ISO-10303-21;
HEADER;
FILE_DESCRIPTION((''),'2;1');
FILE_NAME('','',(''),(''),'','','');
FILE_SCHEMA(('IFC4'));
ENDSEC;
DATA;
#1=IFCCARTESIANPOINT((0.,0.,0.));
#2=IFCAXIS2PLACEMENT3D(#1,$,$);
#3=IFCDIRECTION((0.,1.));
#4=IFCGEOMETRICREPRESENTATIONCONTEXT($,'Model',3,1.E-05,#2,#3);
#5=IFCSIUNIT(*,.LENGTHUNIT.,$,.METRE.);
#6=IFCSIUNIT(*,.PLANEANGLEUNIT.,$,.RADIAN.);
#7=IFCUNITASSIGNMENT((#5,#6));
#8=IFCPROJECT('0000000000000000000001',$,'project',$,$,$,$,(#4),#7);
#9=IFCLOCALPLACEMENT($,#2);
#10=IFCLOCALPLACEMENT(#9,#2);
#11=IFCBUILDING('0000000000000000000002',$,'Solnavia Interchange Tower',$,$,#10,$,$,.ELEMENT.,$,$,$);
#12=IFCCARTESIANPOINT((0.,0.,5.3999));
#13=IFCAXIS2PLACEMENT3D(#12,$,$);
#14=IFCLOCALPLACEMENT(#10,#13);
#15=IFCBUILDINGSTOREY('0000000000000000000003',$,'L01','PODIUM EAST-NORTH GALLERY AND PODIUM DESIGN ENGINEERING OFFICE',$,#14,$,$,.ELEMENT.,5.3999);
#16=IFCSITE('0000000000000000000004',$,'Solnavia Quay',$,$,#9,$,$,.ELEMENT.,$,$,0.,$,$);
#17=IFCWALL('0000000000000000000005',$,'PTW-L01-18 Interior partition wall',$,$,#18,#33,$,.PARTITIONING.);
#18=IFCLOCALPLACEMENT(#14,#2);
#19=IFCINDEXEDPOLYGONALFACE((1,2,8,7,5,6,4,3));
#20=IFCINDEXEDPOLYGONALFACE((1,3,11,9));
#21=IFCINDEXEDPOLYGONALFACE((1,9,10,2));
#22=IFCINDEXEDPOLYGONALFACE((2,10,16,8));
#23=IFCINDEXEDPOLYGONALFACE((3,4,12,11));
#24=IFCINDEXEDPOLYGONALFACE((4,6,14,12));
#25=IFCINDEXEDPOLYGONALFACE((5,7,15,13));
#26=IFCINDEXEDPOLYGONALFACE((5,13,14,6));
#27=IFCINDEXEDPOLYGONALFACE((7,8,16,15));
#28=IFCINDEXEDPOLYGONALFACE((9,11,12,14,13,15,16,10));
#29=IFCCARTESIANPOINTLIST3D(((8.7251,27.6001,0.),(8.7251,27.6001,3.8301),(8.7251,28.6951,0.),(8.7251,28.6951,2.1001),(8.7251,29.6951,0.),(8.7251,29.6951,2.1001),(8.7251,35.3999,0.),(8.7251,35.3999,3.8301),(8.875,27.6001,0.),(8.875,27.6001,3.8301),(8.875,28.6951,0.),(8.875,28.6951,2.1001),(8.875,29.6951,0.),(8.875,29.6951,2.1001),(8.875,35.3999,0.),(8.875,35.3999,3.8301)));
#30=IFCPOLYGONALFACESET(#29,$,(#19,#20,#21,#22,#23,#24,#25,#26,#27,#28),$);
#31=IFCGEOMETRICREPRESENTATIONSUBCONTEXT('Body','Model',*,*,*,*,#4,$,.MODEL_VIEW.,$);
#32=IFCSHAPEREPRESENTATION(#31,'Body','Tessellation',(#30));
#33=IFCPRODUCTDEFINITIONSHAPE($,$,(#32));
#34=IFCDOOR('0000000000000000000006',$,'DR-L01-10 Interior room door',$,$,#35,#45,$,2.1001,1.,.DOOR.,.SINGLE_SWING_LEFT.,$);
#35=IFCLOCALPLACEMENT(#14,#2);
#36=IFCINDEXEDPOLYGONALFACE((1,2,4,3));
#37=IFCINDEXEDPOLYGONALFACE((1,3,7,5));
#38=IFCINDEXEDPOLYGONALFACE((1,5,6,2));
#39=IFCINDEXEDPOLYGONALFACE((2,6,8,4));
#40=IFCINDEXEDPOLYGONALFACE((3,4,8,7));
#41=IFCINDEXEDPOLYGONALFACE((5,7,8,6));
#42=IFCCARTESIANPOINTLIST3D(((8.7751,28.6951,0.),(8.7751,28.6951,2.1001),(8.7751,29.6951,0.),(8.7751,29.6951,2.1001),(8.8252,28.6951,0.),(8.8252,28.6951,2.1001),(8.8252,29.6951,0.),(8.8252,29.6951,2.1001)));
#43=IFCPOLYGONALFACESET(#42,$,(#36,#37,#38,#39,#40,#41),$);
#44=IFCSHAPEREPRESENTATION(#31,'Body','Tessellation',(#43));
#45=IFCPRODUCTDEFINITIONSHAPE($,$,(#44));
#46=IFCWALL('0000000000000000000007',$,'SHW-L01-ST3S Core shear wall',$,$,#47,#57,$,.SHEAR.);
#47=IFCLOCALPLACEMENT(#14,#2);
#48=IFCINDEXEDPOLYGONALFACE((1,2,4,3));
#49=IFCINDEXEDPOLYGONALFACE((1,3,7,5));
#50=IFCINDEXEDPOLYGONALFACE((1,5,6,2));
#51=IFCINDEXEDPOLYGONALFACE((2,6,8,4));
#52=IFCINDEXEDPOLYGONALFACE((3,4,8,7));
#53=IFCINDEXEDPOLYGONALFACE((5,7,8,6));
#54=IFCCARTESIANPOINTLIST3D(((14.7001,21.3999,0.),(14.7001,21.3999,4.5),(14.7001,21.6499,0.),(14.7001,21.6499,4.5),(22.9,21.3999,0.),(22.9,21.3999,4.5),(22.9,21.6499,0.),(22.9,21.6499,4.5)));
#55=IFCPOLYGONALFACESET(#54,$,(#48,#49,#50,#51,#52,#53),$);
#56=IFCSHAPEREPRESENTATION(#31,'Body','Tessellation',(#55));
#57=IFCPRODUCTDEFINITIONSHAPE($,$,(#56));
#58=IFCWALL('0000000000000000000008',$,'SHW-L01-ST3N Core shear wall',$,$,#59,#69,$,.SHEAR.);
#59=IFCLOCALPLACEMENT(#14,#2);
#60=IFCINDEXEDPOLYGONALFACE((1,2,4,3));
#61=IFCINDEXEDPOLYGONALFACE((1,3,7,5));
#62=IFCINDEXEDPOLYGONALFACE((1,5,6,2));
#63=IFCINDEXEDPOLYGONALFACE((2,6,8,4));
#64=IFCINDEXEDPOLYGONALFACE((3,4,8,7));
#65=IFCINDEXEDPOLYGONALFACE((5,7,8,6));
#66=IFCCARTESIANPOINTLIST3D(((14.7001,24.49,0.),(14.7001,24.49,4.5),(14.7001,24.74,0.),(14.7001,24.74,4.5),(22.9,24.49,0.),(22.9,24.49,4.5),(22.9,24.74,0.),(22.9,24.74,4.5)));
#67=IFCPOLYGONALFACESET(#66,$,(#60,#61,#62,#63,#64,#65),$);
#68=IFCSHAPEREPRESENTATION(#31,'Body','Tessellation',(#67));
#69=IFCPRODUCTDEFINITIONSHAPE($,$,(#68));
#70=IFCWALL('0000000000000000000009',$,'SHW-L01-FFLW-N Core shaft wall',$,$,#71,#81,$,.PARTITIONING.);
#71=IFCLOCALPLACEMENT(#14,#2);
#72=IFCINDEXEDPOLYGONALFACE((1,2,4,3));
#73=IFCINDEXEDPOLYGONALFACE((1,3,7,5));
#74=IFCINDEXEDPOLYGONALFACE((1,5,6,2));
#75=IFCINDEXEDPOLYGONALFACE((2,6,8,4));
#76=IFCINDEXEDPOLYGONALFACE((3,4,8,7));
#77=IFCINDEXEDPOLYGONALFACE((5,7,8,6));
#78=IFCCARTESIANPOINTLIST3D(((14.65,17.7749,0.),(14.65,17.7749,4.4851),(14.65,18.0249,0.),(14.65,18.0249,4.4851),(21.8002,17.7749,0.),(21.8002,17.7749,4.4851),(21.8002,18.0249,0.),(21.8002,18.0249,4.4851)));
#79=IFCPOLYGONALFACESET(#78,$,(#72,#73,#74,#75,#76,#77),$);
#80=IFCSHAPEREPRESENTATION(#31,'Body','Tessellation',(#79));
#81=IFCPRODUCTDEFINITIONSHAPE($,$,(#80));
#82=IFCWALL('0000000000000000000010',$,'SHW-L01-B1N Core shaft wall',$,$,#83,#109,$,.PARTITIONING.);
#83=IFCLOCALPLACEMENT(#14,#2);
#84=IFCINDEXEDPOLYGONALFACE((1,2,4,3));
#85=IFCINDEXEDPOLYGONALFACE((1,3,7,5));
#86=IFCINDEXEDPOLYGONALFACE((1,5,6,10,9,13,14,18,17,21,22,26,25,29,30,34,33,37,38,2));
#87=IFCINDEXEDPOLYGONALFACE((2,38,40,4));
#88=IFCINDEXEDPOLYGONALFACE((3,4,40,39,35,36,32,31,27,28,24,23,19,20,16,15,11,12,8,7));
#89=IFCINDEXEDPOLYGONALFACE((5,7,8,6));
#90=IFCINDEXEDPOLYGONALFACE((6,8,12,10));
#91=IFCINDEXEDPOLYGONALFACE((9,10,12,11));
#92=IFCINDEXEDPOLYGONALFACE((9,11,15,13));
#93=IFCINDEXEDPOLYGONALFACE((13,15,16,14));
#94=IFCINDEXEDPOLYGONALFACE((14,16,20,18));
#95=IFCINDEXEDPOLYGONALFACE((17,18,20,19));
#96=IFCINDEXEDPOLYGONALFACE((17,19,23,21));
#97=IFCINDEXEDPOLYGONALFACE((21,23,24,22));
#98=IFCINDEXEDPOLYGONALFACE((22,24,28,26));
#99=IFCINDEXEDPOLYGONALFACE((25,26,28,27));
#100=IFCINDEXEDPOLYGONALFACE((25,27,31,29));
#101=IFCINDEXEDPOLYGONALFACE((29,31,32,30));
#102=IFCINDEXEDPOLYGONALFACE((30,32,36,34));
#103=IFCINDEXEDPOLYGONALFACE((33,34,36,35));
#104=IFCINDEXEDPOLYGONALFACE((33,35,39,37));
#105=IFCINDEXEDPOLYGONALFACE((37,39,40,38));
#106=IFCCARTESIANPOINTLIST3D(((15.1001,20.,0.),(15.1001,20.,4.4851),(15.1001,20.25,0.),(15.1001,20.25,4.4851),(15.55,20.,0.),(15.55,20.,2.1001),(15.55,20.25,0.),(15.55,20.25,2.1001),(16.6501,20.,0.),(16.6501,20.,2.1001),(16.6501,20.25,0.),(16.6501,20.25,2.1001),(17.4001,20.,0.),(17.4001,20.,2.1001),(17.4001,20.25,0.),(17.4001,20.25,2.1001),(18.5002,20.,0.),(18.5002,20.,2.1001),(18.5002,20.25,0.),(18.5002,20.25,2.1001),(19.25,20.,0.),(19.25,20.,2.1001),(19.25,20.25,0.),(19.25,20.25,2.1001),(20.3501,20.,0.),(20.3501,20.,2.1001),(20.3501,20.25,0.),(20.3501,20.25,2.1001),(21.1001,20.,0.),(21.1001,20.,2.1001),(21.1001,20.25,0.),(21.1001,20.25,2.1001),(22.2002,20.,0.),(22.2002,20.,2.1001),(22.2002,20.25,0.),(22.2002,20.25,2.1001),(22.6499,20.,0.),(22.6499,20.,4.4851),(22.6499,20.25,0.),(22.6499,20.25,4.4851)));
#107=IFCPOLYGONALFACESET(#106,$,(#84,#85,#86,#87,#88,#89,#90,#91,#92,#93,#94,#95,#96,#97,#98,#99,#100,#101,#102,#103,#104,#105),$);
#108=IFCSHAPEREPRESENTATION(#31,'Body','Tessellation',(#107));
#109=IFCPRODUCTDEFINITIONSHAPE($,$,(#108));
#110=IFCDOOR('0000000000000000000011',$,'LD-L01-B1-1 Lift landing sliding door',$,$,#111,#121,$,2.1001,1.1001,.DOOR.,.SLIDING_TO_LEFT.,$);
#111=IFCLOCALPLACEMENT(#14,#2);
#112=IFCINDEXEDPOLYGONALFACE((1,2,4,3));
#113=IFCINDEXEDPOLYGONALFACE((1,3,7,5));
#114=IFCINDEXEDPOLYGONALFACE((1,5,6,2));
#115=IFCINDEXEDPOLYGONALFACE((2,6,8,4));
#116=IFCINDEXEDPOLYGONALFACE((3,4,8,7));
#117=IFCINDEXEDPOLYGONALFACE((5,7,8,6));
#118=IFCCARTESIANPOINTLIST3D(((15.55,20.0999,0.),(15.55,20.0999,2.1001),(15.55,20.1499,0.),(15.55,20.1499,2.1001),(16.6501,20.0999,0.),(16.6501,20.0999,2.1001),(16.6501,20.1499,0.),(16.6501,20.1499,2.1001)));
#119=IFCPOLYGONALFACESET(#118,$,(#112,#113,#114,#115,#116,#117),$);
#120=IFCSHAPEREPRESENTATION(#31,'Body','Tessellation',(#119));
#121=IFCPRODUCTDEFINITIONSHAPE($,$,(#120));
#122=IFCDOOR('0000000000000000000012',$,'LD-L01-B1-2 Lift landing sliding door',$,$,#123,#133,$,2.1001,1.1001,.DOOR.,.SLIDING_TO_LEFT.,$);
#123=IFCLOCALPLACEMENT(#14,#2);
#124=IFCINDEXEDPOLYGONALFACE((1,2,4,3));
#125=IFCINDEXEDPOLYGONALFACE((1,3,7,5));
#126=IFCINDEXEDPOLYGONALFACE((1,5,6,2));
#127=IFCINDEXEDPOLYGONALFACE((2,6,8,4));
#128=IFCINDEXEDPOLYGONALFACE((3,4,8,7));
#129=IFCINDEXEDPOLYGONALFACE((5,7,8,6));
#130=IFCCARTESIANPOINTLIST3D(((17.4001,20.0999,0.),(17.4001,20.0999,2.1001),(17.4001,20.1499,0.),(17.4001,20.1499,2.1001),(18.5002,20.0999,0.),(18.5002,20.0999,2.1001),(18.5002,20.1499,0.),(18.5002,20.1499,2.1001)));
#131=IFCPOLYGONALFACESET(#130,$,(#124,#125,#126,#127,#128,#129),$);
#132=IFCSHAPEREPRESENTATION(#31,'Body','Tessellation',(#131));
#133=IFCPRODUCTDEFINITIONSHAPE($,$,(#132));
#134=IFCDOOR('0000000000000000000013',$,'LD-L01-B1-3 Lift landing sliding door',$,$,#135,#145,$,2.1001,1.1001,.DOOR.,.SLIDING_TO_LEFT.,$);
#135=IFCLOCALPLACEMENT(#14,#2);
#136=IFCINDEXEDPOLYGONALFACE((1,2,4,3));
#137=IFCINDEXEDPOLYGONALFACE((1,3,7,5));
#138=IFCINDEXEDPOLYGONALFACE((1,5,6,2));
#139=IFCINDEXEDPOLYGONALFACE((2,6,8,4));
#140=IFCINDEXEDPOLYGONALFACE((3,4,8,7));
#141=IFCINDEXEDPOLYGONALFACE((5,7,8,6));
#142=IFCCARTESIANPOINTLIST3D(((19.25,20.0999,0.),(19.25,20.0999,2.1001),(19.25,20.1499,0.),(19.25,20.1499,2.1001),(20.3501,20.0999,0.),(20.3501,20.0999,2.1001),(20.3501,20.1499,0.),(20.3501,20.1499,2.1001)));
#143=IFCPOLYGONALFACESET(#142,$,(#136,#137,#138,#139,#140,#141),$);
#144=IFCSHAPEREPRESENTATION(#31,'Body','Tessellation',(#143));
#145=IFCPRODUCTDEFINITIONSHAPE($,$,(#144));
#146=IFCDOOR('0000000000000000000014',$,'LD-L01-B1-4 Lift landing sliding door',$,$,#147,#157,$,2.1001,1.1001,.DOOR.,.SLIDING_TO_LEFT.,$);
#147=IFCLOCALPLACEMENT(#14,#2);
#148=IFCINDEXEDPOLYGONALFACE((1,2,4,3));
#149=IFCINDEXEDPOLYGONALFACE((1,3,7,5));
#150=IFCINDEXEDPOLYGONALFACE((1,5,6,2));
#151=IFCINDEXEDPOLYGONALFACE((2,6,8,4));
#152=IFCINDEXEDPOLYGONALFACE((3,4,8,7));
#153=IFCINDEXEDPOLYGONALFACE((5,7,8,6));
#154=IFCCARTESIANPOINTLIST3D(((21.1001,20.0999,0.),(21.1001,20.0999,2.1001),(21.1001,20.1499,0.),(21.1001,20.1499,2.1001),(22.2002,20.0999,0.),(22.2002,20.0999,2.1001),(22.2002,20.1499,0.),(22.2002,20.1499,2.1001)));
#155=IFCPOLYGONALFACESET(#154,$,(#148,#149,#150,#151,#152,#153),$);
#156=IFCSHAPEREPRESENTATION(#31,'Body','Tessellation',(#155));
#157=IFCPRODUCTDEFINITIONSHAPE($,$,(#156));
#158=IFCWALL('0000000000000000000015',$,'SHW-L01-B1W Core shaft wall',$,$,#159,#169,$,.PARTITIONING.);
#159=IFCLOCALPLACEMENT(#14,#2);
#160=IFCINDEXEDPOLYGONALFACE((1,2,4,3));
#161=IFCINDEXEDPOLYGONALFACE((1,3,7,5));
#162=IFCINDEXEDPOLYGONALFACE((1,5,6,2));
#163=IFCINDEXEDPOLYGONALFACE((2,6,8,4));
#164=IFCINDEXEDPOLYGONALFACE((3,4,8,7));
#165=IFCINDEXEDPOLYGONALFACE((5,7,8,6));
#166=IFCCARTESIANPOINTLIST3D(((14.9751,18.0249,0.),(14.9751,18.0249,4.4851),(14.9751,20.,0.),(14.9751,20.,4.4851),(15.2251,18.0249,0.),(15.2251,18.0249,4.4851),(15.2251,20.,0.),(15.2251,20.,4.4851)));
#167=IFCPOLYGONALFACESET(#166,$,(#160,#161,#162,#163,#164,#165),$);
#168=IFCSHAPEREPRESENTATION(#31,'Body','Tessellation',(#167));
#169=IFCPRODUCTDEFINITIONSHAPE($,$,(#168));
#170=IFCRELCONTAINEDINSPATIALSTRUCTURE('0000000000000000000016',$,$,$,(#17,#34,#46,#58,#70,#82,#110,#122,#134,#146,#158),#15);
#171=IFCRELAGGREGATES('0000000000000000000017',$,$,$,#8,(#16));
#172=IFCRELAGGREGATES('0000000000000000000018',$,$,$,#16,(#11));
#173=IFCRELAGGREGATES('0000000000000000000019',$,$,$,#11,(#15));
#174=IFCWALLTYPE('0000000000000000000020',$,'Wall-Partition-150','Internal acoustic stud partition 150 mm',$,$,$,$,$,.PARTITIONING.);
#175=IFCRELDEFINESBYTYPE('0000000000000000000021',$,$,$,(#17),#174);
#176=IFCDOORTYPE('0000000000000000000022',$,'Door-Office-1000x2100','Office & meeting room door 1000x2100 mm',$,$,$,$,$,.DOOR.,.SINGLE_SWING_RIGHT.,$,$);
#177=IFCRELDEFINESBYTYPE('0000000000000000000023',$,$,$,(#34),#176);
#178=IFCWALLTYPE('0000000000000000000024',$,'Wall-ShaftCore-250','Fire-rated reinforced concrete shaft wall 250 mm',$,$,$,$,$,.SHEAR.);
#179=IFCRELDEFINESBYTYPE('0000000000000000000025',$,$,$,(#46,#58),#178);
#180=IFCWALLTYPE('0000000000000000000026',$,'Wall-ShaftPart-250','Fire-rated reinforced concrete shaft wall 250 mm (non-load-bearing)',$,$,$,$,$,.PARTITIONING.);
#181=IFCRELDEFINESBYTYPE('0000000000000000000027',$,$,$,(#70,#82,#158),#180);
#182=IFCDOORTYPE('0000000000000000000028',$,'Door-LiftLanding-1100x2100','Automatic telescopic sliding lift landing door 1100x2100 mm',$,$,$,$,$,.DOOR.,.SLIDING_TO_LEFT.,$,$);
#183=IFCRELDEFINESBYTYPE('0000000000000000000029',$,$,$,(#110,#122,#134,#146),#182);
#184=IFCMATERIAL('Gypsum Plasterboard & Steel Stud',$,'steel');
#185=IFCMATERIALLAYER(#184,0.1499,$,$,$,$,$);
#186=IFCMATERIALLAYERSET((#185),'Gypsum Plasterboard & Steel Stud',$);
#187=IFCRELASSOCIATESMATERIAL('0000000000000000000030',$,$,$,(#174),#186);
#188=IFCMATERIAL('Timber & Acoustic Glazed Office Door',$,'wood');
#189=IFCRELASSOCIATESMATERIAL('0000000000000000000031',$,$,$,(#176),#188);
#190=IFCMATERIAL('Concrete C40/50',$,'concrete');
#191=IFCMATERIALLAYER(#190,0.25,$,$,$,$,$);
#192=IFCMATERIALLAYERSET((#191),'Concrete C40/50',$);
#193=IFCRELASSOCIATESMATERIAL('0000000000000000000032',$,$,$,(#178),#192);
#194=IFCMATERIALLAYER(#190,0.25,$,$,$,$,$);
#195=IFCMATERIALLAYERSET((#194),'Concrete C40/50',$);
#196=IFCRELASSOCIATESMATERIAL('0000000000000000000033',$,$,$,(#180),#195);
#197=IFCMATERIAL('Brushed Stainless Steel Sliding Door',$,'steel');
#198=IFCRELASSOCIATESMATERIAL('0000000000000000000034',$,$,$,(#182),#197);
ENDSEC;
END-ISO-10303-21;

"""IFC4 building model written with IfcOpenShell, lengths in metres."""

from ifc_helpers import new_model, si_unit, direction, frame, frame_2d, origin, place, context, subcontext, project, spatial, rectangle, extrude, material, layer, layer_set, type_object, element, fill, save


model = new_model("IFC4")

# Units and contexts
model_context = context("Model", 3, precision=1e-05, world=origin(), true_north=direction((0.0, 1.0)))
body_context = subcontext(model_context, "Body", "Model", "MODEL_VIEW")
ifc_project = project(units=[si_unit("LENGTHUNIT", "METRE"), si_unit("PLANEANGLEUNIT", "RADIAN")], contexts=[model_context])

# Site, building, storey
site_placement = place(None, origin())
site = spatial("IfcSite", under=ifc_project, at=site_placement, Name="Solnavia Quay", CompositionType="ELEMENT", RefElevation=0.0)
building_placement = place(site_placement, origin())
building = spatial("IfcBuilding", under=site, at=building_placement, Name="Solnavia Interchange Tower", CompositionType="ELEMENT")
storey_placement = place(building_placement, frame((0.0, 0.0, 5.3999)))
storey = spatial("IfcBuildingStorey", under=building, at=storey_placement, Name="L01", Description="PODIUM EAST-NORTH GALLERY AND PODIUM DESIGN ENGINEERING OFFICE", CompositionType="ELEMENT", Elevation=5.3999)

# Shared definitions
ifc_material_1 = material(Name="Concrete C40/50", Category="concrete")

# Shared definitions
ifc_material_2 = material(Name="Gypsum Plasterboard & Steel Stud", Category="steel")
ifc_layer_1 = layer(ifc_material_2, 0.1499)
ifc_layer_set_1 = layer_set([ifc_layer_1], Name="Gypsum Plasterboard & Steel Stud")
wall_type_1 = type_object("IfcWallType", Name="Wall-Partition-150", Description="Internal acoustic stud partition 150 mm", PredefinedType="PARTITIONING", material=ifc_layer_set_1)

# Shared definitions
ifc_material_3 = material(Name="Timber & Acoustic Glazed Office Door", Category="wood")
door_type_1 = type_object("IfcDoorType", Name="Door-Office-1000x2100", Description="Office & meeting room door 1000x2100 mm", OperationType="SINGLE_SWING_RIGHT", PredefinedType="DOOR", material=ifc_material_3)

# Wall, opening, door
wall_1_placement = place(storey_placement, frame((8.8, 27.6001, 0.0), z_axis=(0.0, 0.0, 1.0), x_axis=(0.0, 1.0, 0.0)))
wall_1 = element("IfcWall", 1, at=wall_1_placement, inside=storey, type_object=wall_type_1, Name="PTW-L01-18 Interior partition wall", PredefinedType="PARTITIONING", context=body_context, shape_type="SweptSolid", body=[
    extrude(rectangle(XDim=7.7998, YDim=0.1499, at=frame_2d((3.8999, 0.0))), origin(), (0.0, 0.0, 1.0), 3.8301),
])
opening_1_placement = place(wall_1_placement, frame((1.095, 0.0, 0.0)))
opening_1 = element("IfcOpeningElement", 2, at=opening_1_placement, cuts=wall_1, PredefinedType="OPENING", context=body_context, shape_type="SweptSolid", body=[
    extrude(rectangle(XDim=1.0, YDim=2.1001, at=frame_2d((0.5, 1.05))), frame((0.0, 0.085, 0.0), z_axis=(0.0, -1.0, 0.0), x_axis=(1.0, 0.0, 0.0)), (0.0, 0.0, 1.0), 0.1699),
])
door_1_placement = place(opening_1_placement, origin())
door_1 = element("IfcDoor", 3, at=door_1_placement, inside=storey, type_object=door_type_1, Name="DR-L01-10 Interior room door", OperationType="SINGLE_SWING_LEFT", OverallHeight=2.1001, OverallWidth=1.0, PredefinedType="DOOR", context=body_context, shape_type="SweptSolid", body=[
    extrude(rectangle(XDim=1.0, YDim=2.1001, at=frame_2d((0.5, 1.05))), frame((0.0, 0.0249, 0.0), z_axis=(0.0, -1.0, 0.0), x_axis=(1.0, 0.0, 0.0)), (0.0, 0.0, 1.0), 0.05),
])
fill(opening_1, door_1)

# Walls
ifc_layer_2 = layer(ifc_material_1, 0.25)
ifc_layer_set_2 = layer_set([ifc_layer_2], Name="Concrete C40/50")
wall_type_2 = type_object("IfcWallType", Name="Wall-ShaftCore-250", Description="Fire-rated reinforced concrete shaft wall 250 mm", PredefinedType="SHEAR", material=ifc_layer_set_2)
for number, where, z_axis, x_axis, name in (
    (4, (14.7, 21.5249, 0.0), (0.0, 0.0, 1.0), (1.0, 0.0, 0.0), "SHW-L01-ST3S Core shear wall"),
    (5, (14.7, 24.615, 0.0), (0.0, 0.0, 1.0), (1.0, 0.0, 0.0), "SHW-L01-ST3N Core shear wall"),
):
    element("IfcWall", number, at=place(storey_placement, frame(where, z_axis=z_axis, x_axis=x_axis)), inside=storey, type_object=wall_type_2, Name=name, PredefinedType="SHEAR", context=body_context, shape_type="SweptSolid", body=[
        extrude(rectangle(XDim=8.2, YDim=0.25, at=frame_2d((4.1001, 0.0))), origin(), (0.0, 0.0, 1.0), 4.5),
    ])
ifc_layer_3 = layer(ifc_material_1, 0.25)
ifc_layer_set_3 = layer_set([ifc_layer_3], Name="Concrete C40/50")
wall_type_3 = type_object("IfcWallType", Name="Wall-ShaftPart-250", Description="Fire-rated reinforced concrete shaft wall 250 mm (non-load-bearing)", PredefinedType="PARTITIONING", material=ifc_layer_set_3)
wall_2_placement = place(storey_placement, frame((14.6499, 17.8999, 0.0), z_axis=(0.0, 0.0, 1.0), x_axis=(1.0, 0.0, 0.0)))
element("IfcWall", 6, at=wall_2_placement, inside=storey, type_object=wall_type_3, Name="SHW-L01-FFLW-N Core shaft wall", PredefinedType="PARTITIONING", context=body_context, shape_type="SweptSolid", body=[
    extrude(rectangle(XDim=7.1501, YDim=0.25, at=frame_2d((3.5752, 0.0))), origin(), (0.0, 0.0, 1.0), 4.4851),
])

# Wall, openings, doors
wall_3_placement = place(storey_placement, frame((15.1001, 20.125, 0.0), z_axis=(0.0, 0.0, 1.0), x_axis=(1.0, 0.0, 0.0)))
wall_3 = element("IfcWall", 7, at=wall_3_placement, inside=storey, type_object=wall_type_3, Name="SHW-L01-B1N Core shaft wall", PredefinedType="PARTITIONING", context=body_context, shape_type="SweptSolid", body=[
    extrude(rectangle(XDim=7.5498, YDim=0.25, at=frame_2d((3.7749, 0.0))), origin(), (0.0, 0.0, 1.0), 4.4851),
])
opening_2_placement = place(wall_3_placement, frame((0.45, 0.0, 0.0)))
opening_2 = element("IfcOpeningElement", 8, at=opening_2_placement, cuts=wall_3, PredefinedType="OPENING", context=body_context, shape_type="SweptSolid", body=[
    extrude(rectangle(XDim=1.1001, YDim=2.1001, at=frame_2d((0.55, 1.05))), frame((0.0, 0.135, 0.0), z_axis=(0.0, -1.0, 0.0), x_axis=(1.0, 0.0, 0.0)), (0.0, 0.0, 1.0), 0.27),
])
opening_3_placement = place(wall_3_placement, frame((2.3, 0.0, 0.0)))
opening_3 = element("IfcOpeningElement", 9, at=opening_3_placement, cuts=wall_3, PredefinedType="OPENING", context=body_context, shape_type="SweptSolid", body=[
    extrude(rectangle(XDim=1.1001, YDim=2.1001, at=frame_2d((0.55, 1.05))), frame((0.0, 0.135, 0.0), z_axis=(0.0, -1.0, 0.0), x_axis=(1.0, 0.0, 0.0)), (0.0, 0.0, 1.0), 0.27),
])
opening_4_placement = place(wall_3_placement, frame((4.1499, 0.0, 0.0)))
opening_4 = element("IfcOpeningElement", 10, at=opening_4_placement, cuts=wall_3, PredefinedType="OPENING", context=body_context, shape_type="SweptSolid", body=[
    extrude(rectangle(XDim=1.1001, YDim=2.1001, at=frame_2d((0.55, 1.05))), frame((0.0, 0.135, 0.0), z_axis=(0.0, -1.0, 0.0), x_axis=(1.0, 0.0, 0.0)), (0.0, 0.0, 1.0), 0.27),
])
opening_5_placement = place(wall_3_placement, frame((6.0, 0.0, 0.0)))
opening_5 = element("IfcOpeningElement", 11, at=opening_5_placement, cuts=wall_3, PredefinedType="OPENING", context=body_context, shape_type="SweptSolid", body=[
    extrude(rectangle(XDim=1.1001, YDim=2.1001, at=frame_2d((0.55, 1.05))), frame((0.0, 0.135, 0.0), z_axis=(0.0, -1.0, 0.0), x_axis=(1.0, 0.0, 0.0)), (0.0, 0.0, 1.0), 0.27),
])
ifc_material_4 = material(Name="Brushed Stainless Steel Sliding Door", Category="steel")
door_type_2 = type_object("IfcDoorType", Name="Door-LiftLanding-1100x2100", Description="Automatic telescopic sliding lift landing door 1100x2100 mm", OperationType="SLIDING_TO_LEFT", PredefinedType="DOOR", material=ifc_material_4)
door_2_placement = place(opening_2_placement, origin())
door_2 = element("IfcDoor", 12, at=door_2_placement, inside=storey, type_object=door_type_2, Name="LD-L01-B1-1 Lift landing sliding door", OperationType="SLIDING_TO_LEFT", OverallHeight=2.1001, OverallWidth=1.1001, PredefinedType="DOOR", context=body_context, shape_type="SweptSolid", body=[
    extrude(rectangle(XDim=1.1001, YDim=2.1001, at=frame_2d((0.55, 1.05))), frame((0.0, 0.0249, 0.0), z_axis=(0.0, -1.0, 0.0), x_axis=(1.0, 0.0, 0.0)), (0.0, 0.0, 1.0), 0.05),
])
fill(opening_2, door_2)
door_3_placement = place(opening_3_placement, origin())
door_3 = element("IfcDoor", 13, at=door_3_placement, inside=storey, type_object=door_type_2, Name="LD-L01-B1-2 Lift landing sliding door", OperationType="SLIDING_TO_LEFT", OverallHeight=2.1001, OverallWidth=1.1001, PredefinedType="DOOR", context=body_context, shape_type="SweptSolid", body=[
    extrude(rectangle(XDim=1.1001, YDim=2.1001, at=frame_2d((0.55, 1.05))), frame((0.0, 0.0249, 0.0), z_axis=(0.0, -1.0, 0.0), x_axis=(1.0, 0.0, 0.0)), (0.0, 0.0, 1.0), 0.05),
])
fill(opening_3, door_3)
door_4_placement = place(opening_4_placement, origin())
door_4 = element("IfcDoor", 14, at=door_4_placement, inside=storey, type_object=door_type_2, Name="LD-L01-B1-3 Lift landing sliding door", OperationType="SLIDING_TO_LEFT", OverallHeight=2.1001, OverallWidth=1.1001, PredefinedType="DOOR", context=body_context, shape_type="SweptSolid", body=[
    extrude(rectangle(XDim=1.1001, YDim=2.1001, at=frame_2d((0.55, 1.05))), frame((0.0, 0.0249, 0.0), z_axis=(0.0, -1.0, 0.0), x_axis=(1.0, 0.0, 0.0)), (0.0, 0.0, 1.0), 0.05),
])
fill(opening_4, door_4)
door_5_placement = place(opening_5_placement, origin())
door_5 = element("IfcDoor", 15, at=door_5_placement, inside=storey, type_object=door_type_2, Name="LD-L01-B1-4 Lift landing sliding door", OperationType="SLIDING_TO_LEFT", OverallHeight=2.1001, OverallWidth=1.1001, PredefinedType="DOOR", context=body_context, shape_type="SweptSolid", body=[
    extrude(rectangle(XDim=1.1001, YDim=2.1001, at=frame_2d((0.55, 1.05))), frame((0.0, 0.0249, 0.0), z_axis=(0.0, -1.0, 0.0), x_axis=(1.0, 0.0, 0.0)), (0.0, 0.0, 1.0), 0.05),
])
fill(opening_5, door_5)

# Wall
wall_4_placement = place(storey_placement, frame((15.1001, 18.0249, 0.0), z_axis=(0.0, 0.0, 1.0), x_axis=(0.0, 1.0, 0.0)))
element("IfcWall", 16, at=wall_4_placement, inside=storey, type_object=wall_type_3, Name="SHW-L01-B1W Core shaft wall", PredefinedType="PARTITIONING", context=body_context, shape_type="SweptSolid", body=[
    extrude(rectangle(XDim=1.9751, YDim=0.25, at=frame_2d((0.9875, 0.0))), origin(), (0.0, 0.0, 1.0), 4.4851),
])

save(model, "model.ifc")
